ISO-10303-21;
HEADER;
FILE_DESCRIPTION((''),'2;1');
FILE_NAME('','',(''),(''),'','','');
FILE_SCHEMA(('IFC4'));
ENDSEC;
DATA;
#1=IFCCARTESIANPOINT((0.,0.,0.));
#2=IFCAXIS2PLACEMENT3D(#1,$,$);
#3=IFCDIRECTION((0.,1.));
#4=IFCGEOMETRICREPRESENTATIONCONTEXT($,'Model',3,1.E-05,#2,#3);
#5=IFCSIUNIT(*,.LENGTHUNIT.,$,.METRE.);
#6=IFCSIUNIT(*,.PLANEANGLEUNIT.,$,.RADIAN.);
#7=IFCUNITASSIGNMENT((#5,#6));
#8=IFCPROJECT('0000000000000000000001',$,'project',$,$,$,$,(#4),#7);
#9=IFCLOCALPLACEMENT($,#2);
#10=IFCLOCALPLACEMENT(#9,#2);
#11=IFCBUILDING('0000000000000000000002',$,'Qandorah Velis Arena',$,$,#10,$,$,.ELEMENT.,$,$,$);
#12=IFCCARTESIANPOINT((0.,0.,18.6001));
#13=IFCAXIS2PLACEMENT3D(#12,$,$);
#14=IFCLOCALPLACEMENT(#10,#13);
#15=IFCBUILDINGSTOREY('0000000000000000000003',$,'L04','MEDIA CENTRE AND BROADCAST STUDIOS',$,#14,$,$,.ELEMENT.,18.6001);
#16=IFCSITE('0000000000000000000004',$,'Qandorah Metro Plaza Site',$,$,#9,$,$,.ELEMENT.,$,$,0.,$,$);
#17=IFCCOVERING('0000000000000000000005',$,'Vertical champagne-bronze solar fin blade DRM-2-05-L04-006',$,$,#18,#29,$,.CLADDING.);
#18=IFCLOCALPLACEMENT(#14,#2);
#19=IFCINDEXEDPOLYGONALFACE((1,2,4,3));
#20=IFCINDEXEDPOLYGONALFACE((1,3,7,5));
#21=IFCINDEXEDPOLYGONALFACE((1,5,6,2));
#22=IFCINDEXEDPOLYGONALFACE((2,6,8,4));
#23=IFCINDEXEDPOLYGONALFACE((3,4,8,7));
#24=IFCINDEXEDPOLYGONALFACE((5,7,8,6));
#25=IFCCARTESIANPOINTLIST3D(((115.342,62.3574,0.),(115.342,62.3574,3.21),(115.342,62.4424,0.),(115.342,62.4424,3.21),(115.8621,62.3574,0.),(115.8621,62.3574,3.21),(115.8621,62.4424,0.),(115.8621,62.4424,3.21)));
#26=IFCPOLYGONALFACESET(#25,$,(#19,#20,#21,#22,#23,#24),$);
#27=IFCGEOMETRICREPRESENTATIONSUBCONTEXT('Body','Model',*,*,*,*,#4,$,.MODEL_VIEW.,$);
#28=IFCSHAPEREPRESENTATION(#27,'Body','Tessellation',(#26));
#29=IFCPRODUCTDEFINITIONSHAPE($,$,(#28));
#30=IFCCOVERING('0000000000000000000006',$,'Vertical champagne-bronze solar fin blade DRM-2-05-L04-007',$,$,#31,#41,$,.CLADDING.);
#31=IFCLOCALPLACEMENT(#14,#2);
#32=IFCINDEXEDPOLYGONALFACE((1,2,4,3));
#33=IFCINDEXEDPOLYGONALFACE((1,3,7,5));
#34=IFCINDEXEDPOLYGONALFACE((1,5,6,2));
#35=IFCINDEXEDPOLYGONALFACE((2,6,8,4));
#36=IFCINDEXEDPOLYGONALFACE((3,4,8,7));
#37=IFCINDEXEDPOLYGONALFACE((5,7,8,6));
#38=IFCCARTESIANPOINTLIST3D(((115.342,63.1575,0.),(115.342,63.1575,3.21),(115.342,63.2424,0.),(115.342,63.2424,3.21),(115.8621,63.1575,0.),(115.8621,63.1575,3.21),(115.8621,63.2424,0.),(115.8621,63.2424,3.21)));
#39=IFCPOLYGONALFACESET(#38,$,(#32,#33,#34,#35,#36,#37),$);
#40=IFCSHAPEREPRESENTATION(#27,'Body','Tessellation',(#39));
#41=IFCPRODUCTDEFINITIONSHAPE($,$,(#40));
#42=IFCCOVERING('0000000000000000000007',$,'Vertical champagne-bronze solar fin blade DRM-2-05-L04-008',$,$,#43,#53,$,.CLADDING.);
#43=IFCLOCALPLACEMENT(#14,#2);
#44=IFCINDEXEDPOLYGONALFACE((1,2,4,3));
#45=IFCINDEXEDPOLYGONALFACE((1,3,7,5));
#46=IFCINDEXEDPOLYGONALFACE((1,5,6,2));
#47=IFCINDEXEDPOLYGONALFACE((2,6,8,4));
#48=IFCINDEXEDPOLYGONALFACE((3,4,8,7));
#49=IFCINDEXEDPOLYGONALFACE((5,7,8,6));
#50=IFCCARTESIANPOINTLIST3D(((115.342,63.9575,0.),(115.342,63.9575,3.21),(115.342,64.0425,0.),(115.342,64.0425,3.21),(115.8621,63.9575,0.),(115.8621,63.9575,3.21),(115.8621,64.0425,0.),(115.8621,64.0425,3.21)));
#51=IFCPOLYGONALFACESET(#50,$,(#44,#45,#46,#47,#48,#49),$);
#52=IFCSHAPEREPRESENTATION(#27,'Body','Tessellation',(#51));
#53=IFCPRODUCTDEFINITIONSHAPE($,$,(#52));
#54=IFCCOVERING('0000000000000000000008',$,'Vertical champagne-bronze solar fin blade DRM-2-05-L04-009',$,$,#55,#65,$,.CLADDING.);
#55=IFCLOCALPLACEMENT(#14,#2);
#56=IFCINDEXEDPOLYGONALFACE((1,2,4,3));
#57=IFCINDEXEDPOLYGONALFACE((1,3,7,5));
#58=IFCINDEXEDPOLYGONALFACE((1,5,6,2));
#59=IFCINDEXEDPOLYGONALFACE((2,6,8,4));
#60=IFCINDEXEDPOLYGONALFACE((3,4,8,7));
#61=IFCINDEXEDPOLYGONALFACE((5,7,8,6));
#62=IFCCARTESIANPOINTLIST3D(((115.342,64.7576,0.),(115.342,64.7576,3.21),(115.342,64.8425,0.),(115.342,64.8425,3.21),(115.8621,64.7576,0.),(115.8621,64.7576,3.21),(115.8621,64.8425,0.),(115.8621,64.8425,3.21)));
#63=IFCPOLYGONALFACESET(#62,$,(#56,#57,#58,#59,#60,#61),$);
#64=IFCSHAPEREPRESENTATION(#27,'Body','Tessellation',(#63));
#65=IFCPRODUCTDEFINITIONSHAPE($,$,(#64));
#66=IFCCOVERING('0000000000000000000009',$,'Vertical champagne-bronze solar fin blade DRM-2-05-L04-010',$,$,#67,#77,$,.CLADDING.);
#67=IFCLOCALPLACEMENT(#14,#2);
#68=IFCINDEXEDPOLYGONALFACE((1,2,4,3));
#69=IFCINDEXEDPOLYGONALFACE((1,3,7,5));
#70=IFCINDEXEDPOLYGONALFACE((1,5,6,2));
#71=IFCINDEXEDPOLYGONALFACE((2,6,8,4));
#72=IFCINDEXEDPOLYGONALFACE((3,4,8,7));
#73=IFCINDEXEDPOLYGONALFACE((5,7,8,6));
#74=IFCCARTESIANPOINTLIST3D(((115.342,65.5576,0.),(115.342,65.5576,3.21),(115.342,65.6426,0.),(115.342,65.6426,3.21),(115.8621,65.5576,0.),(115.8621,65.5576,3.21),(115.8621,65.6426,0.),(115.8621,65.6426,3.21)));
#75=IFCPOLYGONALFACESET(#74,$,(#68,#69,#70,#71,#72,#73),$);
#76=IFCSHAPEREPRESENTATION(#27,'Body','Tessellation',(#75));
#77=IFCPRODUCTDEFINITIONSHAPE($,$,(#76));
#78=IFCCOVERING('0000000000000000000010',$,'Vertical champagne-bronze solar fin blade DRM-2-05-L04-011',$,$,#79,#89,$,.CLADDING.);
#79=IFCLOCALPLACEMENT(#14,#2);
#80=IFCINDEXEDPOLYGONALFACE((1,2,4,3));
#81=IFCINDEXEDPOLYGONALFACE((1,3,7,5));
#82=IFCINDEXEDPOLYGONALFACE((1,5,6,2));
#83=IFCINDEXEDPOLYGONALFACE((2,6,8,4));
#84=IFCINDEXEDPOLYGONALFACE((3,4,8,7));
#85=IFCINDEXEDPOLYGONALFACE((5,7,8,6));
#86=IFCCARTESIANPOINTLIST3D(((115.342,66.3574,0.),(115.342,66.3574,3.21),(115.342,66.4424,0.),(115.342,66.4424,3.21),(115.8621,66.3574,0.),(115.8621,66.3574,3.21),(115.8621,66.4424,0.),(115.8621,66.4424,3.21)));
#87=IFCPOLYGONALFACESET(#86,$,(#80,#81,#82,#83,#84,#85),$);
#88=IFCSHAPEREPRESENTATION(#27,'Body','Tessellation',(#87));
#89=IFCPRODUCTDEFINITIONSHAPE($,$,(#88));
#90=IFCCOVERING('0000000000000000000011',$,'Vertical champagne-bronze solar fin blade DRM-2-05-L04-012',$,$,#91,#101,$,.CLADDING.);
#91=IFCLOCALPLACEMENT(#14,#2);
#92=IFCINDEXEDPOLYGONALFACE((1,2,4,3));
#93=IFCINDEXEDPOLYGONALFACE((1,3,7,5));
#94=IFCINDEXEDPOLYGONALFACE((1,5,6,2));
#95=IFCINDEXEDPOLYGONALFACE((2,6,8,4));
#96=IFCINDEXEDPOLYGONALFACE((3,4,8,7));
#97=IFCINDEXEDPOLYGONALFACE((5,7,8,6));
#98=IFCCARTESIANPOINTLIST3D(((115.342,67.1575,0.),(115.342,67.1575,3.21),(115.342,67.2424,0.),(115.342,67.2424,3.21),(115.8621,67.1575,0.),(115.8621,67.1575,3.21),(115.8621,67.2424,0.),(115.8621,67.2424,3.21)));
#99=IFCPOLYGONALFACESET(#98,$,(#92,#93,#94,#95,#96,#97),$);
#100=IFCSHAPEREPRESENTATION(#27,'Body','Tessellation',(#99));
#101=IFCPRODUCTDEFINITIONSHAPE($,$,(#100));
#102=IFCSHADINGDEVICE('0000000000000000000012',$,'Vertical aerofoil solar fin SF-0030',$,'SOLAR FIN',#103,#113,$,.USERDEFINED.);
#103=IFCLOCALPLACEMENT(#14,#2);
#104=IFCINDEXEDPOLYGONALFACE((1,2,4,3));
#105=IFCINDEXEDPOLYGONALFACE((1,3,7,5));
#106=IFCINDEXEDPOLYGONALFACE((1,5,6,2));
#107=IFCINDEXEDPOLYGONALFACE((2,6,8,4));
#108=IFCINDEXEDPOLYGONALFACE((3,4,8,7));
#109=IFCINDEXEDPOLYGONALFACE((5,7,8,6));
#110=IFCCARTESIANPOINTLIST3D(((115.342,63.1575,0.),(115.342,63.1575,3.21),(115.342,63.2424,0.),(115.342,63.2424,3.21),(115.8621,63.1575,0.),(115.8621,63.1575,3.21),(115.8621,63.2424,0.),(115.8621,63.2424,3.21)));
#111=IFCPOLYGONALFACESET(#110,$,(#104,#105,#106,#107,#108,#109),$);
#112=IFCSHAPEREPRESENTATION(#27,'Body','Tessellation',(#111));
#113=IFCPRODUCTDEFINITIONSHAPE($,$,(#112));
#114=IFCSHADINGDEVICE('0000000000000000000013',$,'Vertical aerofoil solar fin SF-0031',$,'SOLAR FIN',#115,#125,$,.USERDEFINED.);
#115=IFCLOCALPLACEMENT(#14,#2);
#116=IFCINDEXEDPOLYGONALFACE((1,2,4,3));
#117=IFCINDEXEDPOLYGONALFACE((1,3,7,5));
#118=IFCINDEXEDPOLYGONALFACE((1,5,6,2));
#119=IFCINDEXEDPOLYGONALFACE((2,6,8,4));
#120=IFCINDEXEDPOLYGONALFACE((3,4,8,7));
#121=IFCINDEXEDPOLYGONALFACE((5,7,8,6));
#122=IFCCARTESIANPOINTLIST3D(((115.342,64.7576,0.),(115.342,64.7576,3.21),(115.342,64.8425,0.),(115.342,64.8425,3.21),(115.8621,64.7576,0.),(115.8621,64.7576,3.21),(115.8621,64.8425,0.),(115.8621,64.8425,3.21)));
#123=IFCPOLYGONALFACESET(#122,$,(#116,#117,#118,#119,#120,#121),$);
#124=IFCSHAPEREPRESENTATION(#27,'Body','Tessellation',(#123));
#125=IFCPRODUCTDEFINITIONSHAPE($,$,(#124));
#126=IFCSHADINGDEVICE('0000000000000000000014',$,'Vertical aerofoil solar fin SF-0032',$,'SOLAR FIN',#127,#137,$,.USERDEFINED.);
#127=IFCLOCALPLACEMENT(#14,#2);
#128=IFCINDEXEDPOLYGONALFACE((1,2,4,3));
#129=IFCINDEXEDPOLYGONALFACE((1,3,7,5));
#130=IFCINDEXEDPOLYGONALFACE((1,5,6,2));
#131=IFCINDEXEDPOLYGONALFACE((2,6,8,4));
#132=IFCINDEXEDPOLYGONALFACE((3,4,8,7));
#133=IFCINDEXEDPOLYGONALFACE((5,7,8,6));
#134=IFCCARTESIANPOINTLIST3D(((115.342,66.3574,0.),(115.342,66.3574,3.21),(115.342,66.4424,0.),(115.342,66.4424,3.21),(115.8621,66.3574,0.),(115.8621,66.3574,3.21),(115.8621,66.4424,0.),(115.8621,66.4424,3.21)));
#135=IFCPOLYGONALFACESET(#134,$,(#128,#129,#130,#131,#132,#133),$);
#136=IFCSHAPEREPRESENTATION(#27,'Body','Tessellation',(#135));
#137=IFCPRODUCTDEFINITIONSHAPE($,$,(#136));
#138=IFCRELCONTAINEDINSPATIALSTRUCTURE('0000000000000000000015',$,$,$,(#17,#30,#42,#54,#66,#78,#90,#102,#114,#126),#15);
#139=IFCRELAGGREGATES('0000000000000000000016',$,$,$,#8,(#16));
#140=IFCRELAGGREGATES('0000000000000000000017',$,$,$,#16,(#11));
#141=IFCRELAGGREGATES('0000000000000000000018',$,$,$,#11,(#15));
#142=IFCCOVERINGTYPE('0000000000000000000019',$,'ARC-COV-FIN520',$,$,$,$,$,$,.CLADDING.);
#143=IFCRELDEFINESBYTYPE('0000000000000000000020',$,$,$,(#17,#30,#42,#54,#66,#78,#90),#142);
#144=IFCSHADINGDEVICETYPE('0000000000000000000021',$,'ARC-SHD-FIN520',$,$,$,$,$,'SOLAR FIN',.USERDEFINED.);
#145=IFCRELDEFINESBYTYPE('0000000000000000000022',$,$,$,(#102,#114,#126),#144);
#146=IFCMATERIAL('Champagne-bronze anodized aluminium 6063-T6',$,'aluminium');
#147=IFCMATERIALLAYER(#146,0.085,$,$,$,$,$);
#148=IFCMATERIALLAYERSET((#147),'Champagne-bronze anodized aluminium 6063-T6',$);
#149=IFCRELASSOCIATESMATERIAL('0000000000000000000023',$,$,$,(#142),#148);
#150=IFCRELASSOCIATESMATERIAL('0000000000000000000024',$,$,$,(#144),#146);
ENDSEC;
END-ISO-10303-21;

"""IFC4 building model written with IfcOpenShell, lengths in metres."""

from ifc_helpers import new_model, si_unit, direction, frame, origin, origin_2d, place, context, subcontext, project, spatial, rectangle, extrude, material, layer, layer_set, type_object, element, save


model = new_model("IFC4")

# Units and contexts
model_context = context("Model", 3, precision=1e-05, world=origin(), true_north=direction((0.0, 1.0)))
body_context = subcontext(model_context, "Body", "Model", "MODEL_VIEW")
ifc_project = project(units=[si_unit("LENGTHUNIT", "METRE"), si_unit("PLANEANGLEUNIT", "RADIAN")], contexts=[model_context])

# Site, building, storey
site_placement = place(None, origin())
site = spatial("IfcSite", under=ifc_project, at=site_placement, Name="Qandorah Metro Plaza Site", CompositionType="ELEMENT", RefElevation=0.0)
building_placement = place(site_placement, origin())
building = spatial("IfcBuilding", under=site, at=building_placement, Name="Qandorah Velis Arena", CompositionType="ELEMENT")
storey_placement = place(building_placement, frame((0.0, 0.0, 18.6001)))
storey = spatial("IfcBuildingStorey", under=building, at=storey_placement, Name="L04", Description="MEDIA CENTRE AND BROADCAST STUDIOS", CompositionType="ELEMENT", Elevation=18.6001)

# Coverings
ifc_material_1 = material(Name="Champagne-bronze anodized aluminium 6063-T6", Category="aluminium")
ifc_layer = layer(ifc_material_1, 0.085)
ifc_layer_set = layer_set([ifc_layer], Name="Champagne-bronze anodized aluminium 6063-T6")
covering_type = type_object("IfcCoveringType", Name="ARC-COV-FIN520", PredefinedType="CLADDING", material=ifc_layer_set)
for number, where, z_axis, x_axis, name in (
    (1, (115.6021, 62.3999, 0.0), (0.0, 0.0, 1.0), (1.0, 0.0, 0.0), "Vertical champagne-bronze solar fin blade DRM-2-05-L04-006"),
    (2, (115.6021, 63.2, 0.0), (0.0, 0.0, 1.0), (1.0, 0.0, 0.0), "Vertical champagne-bronze solar fin blade DRM-2-05-L04-007"),
    (3, (115.6021, 64.0, 0.0), (0.0, 0.0, 1.0), (1.0, 0.0, 0.0), "Vertical champagne-bronze solar fin blade DRM-2-05-L04-008"),
    (4, (115.6021, 64.8, 0.0), (0.0, 0.0, 1.0), (1.0, 0.0, 0.0), "Vertical champagne-bronze solar fin blade DRM-2-05-L04-009"),
    (5, (115.6021, 65.6001, 0.0), (0.0, 0.0, 1.0), (1.0, 0.0, 0.0), "Vertical champagne-bronze solar fin blade DRM-2-05-L04-010"),
    (6, (115.6021, 66.3999, 0.0), (0.0, 0.0, 1.0), (1.0, 0.0, 0.0), "Vertical champagne-bronze solar fin blade DRM-2-05-L04-011"),
    (7, (115.6021, 67.2, 0.0), (0.0, 0.0, 1.0), (1.0, 0.0, 0.0), "Vertical champagne-bronze solar fin blade DRM-2-05-L04-012"),
):
    element("IfcCovering", number, at=place(storey_placement, frame(where, z_axis=z_axis, x_axis=x_axis)), inside=storey, type_object=covering_type, Name=name, PredefinedType="CLADDING", context=body_context, shape_type="SweptSolid", body=[
        extrude(rectangle(XDim=0.52, YDim=0.085, at=origin_2d()), origin(), (0.0, 0.0, 1.0), 3.21),
    ])

# Shading devices
shading_device_type = type_object("IfcShadingDeviceType", Name="ARC-SHD-FIN520", ElementType="SOLAR FIN", PredefinedType="USERDEFINED", material=ifc_material_1)
for number, where, z_axis, x_axis, name in (
    (8, (115.6021, 63.2, 0.0), (0.0, 0.0, 1.0), (1.0, 0.0, 0.0), "Vertical aerofoil solar fin SF-0030"),
    (9, (115.6021, 64.8, 0.0), (0.0, 0.0, 1.0), (1.0, 0.0, 0.0), "Vertical aerofoil solar fin SF-0031"),
    (10, (115.6021, 66.3999, 0.0), (0.0, 0.0, 1.0), (1.0, 0.0, 0.0), "Vertical aerofoil solar fin SF-0032"),
):
    element("IfcShadingDevice", number, at=place(storey_placement, frame(where, z_axis=z_axis, x_axis=x_axis)), inside=storey, type_object=shading_device_type, Name=name, ObjectType="SOLAR FIN", PredefinedType="USERDEFINED", context=body_context, shape_type="SweptSolid", body=[
        extrude(rectangle(XDim=0.52, YDim=0.085, at=origin_2d()), origin(), (0.0, 0.0, 1.0), 3.21),
    ])

save(model, "model.ifc")
